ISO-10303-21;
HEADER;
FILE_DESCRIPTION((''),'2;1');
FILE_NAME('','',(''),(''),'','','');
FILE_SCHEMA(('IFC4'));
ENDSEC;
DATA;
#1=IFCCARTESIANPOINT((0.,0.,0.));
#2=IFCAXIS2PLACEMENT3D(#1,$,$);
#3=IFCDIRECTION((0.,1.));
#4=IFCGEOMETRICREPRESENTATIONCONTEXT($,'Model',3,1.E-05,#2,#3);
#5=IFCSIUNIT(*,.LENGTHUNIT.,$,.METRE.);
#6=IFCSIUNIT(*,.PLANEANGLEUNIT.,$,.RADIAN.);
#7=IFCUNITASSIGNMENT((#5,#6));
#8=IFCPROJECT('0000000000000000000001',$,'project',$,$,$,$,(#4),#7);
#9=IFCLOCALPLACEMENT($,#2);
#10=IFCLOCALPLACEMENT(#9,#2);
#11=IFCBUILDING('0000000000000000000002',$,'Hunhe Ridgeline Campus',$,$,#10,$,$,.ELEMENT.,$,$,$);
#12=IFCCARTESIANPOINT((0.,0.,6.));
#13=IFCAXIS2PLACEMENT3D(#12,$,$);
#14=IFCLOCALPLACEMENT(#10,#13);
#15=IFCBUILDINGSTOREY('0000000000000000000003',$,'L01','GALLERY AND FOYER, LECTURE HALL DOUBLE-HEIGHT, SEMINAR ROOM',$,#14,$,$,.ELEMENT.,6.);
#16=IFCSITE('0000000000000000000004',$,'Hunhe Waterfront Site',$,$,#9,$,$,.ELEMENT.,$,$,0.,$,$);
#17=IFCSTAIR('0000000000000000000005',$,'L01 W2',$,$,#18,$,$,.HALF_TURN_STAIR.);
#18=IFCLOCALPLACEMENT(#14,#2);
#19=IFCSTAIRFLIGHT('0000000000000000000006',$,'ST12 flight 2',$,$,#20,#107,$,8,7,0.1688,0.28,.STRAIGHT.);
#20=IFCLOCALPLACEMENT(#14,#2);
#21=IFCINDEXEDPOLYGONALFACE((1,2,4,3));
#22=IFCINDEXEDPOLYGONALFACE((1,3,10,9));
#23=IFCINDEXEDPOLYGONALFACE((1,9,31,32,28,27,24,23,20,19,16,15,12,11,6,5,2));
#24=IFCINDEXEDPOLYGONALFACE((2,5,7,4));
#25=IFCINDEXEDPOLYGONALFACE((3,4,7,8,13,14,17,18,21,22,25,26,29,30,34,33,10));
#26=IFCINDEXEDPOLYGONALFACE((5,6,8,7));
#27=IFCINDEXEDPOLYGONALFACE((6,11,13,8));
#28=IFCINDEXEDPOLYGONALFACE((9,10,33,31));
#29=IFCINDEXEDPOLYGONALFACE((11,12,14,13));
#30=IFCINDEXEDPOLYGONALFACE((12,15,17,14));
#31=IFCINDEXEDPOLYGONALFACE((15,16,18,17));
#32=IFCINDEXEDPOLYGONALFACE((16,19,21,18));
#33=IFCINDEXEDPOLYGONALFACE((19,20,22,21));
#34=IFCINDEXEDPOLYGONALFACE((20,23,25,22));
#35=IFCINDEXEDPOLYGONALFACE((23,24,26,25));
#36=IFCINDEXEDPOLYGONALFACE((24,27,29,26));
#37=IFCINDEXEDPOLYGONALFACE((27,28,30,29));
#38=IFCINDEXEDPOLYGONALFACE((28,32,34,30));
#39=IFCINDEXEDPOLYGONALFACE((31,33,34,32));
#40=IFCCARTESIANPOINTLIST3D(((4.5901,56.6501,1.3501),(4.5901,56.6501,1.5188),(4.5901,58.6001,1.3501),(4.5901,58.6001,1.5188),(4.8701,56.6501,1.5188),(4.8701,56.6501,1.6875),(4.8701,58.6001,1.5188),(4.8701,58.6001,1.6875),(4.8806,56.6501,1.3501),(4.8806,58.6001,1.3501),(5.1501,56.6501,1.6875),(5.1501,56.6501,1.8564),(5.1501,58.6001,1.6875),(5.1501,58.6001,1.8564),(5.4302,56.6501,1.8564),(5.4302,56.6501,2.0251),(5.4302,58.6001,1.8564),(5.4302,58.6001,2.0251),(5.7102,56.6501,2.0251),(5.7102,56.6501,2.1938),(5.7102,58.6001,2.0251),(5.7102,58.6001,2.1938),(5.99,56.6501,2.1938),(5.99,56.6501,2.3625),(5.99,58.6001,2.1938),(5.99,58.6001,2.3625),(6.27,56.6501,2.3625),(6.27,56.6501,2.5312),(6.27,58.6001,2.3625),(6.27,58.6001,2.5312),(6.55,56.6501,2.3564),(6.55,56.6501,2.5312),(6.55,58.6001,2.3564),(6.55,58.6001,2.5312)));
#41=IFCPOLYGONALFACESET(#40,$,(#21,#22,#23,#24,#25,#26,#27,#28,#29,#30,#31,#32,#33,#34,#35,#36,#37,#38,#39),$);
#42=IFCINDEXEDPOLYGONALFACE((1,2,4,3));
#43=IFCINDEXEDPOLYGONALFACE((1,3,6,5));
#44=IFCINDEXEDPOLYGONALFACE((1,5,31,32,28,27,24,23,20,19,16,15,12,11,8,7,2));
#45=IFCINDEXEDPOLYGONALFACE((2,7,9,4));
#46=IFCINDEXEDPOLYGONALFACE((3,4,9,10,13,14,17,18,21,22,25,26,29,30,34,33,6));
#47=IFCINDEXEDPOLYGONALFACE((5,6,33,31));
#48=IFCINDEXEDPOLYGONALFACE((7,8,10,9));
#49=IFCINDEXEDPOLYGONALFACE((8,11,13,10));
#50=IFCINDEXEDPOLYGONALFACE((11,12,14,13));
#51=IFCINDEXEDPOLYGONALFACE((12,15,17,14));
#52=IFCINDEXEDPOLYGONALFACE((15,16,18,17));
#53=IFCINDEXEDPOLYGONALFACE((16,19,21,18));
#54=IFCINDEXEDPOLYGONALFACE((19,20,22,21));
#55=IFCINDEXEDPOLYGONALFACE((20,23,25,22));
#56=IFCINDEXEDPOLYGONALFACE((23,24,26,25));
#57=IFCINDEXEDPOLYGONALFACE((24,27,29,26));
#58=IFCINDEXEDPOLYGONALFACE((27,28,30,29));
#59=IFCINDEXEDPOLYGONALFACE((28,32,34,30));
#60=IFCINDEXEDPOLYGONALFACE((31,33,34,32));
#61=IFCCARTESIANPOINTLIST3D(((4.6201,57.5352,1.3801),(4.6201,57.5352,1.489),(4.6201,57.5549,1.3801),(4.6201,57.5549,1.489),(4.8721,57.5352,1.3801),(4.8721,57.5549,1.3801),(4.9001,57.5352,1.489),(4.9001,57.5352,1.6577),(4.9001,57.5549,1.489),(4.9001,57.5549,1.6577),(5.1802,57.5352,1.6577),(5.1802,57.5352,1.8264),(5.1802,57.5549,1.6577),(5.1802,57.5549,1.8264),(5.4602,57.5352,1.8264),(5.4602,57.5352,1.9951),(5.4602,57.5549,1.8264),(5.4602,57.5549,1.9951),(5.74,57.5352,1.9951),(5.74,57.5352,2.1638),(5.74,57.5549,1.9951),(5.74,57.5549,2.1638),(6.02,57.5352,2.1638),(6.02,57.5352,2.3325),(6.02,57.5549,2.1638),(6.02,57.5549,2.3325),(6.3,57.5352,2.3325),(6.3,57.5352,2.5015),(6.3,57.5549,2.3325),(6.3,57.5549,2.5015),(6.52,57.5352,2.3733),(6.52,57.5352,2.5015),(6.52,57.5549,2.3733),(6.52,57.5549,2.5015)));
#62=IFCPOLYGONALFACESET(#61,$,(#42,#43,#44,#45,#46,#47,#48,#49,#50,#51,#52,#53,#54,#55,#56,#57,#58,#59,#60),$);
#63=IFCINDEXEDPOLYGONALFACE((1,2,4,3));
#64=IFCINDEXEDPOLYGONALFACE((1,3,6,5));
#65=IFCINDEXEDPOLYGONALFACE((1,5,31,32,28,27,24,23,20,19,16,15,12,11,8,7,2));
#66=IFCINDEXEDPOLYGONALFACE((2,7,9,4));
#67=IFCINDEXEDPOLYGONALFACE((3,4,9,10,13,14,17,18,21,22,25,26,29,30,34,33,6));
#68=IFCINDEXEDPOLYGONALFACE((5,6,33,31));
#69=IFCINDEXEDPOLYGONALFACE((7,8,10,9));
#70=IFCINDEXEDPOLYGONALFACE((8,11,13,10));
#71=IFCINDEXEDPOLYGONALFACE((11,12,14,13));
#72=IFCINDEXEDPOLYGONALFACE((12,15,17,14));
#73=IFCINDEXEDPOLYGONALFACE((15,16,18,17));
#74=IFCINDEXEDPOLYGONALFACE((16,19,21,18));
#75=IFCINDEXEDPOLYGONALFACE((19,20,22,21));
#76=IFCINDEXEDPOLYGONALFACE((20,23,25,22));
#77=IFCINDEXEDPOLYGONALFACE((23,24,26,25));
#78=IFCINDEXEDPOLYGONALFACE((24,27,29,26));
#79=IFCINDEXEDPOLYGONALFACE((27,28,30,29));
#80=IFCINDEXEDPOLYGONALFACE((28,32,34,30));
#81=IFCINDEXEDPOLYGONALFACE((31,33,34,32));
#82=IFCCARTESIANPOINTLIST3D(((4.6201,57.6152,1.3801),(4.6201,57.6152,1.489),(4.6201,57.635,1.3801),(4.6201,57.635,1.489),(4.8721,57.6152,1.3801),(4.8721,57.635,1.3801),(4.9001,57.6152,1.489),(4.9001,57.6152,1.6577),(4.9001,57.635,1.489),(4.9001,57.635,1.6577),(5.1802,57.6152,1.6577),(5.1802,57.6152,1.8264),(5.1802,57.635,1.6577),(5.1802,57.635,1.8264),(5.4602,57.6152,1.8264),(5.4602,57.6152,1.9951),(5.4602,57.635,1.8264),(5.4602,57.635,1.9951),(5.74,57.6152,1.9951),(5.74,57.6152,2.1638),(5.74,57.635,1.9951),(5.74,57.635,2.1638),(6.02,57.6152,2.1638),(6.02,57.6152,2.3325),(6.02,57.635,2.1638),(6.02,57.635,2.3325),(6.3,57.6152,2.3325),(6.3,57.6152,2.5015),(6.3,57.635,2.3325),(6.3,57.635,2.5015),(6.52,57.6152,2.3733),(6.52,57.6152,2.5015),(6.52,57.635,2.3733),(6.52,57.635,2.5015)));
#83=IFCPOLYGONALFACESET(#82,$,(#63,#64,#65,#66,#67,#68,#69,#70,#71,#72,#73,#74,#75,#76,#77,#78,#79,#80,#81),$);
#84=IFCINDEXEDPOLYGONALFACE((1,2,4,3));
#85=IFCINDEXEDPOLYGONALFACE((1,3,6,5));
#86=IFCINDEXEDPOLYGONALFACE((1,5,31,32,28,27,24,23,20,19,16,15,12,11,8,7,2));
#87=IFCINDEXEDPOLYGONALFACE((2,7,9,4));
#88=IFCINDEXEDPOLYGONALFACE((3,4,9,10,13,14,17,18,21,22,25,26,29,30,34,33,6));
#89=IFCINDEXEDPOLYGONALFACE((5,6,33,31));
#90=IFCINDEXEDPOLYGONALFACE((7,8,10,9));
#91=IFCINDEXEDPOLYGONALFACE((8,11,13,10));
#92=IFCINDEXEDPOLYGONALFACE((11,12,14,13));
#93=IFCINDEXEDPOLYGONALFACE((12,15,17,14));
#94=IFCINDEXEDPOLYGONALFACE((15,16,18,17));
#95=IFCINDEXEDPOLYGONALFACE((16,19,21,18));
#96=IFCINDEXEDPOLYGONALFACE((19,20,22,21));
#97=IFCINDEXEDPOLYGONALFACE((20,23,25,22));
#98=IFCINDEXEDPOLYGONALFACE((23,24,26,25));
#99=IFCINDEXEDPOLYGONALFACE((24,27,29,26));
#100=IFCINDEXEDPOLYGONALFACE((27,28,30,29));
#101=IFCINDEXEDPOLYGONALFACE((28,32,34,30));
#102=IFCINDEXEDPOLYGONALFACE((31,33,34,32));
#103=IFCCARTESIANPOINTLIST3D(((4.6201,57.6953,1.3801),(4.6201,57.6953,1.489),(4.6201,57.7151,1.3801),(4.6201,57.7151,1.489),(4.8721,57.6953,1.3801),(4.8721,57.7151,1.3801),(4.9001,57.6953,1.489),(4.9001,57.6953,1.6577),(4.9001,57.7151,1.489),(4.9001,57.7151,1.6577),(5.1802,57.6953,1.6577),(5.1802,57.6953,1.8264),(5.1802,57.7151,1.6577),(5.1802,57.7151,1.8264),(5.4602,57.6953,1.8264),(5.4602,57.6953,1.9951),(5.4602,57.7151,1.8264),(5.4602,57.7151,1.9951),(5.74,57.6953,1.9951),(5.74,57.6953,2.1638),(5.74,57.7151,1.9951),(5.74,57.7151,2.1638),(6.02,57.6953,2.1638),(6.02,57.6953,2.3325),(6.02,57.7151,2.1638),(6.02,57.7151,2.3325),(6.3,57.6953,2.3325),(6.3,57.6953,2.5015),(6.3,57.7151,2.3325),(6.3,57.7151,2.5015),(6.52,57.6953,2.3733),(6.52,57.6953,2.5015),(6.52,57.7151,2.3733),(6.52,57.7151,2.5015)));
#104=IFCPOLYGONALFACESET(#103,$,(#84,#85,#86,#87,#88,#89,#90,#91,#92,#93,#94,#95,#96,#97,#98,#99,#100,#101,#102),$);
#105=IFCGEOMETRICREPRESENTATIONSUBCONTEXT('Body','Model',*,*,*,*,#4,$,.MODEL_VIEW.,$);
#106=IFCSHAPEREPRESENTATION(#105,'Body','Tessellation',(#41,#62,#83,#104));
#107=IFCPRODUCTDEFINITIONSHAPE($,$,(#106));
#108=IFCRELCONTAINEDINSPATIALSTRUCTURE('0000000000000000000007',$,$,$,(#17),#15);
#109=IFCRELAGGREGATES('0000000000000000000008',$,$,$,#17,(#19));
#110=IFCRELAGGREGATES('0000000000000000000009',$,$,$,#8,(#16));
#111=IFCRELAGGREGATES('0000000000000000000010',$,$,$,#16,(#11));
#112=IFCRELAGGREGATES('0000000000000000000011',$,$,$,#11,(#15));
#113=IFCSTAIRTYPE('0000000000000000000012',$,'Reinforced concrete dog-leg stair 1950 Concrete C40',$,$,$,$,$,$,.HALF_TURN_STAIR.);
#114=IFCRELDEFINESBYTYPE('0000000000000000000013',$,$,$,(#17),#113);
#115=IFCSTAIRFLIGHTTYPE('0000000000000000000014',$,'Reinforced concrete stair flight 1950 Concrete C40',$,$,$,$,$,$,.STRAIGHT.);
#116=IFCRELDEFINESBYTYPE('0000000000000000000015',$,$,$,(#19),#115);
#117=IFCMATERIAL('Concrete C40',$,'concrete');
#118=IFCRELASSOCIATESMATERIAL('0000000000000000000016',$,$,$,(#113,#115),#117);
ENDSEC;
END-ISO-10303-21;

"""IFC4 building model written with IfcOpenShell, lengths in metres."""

from ifc_helpers import new_model, si_unit, direction, frame, origin, place, context, subcontext, project, spatial, polyline, outline, extrude, material, type_object, element, aggregate, save


model = new_model("IFC4")

# Units and contexts
model_context = context("Model", 3, precision=1e-05, world=origin(), true_north=direction((0.0, 1.0)))
body_context = subcontext(model_context, "Body", "Model", "MODEL_VIEW")
ifc_project = project(units=[si_unit("LENGTHUNIT", "METRE"), si_unit("PLANEANGLEUNIT", "RADIAN")], contexts=[model_context])

# Site, building, storey
site_placement = place(None, origin())
site = spatial("IfcSite", under=ifc_project, at=site_placement, Name="Hunhe Waterfront Site", CompositionType="ELEMENT", RefElevation=0.0)
building_placement = place(site_placement, origin())
building = spatial("IfcBuilding", under=site, at=building_placement, Name="Hunhe Ridgeline Campus", CompositionType="ELEMENT")
storey_placement = place(building_placement, frame((0.0, 0.0, 6.0)))
storey = spatial("IfcBuildingStorey", under=building, at=storey_placement, Name="L01", Description="GALLERY AND FOYER, LECTURE HALL DOUBLE-HEIGHT, SEMINAR ROOM", CompositionType="ELEMENT", Elevation=6.0)

# Stair, stair flight
ifc_material_1 = material(Name="Concrete C40", Category="concrete")
stair_type = type_object("IfcStairType", Name="Reinforced concrete dog-leg stair 1950 Concrete C40", PredefinedType="HALF_TURN_STAIR", material=ifc_material_1)
stair_placement = place(storey_placement, origin())
stair = element("IfcStair", 1, at=stair_placement, inside=storey, type_object=stair_type, Name="L01 W2", PredefinedType="HALF_TURN_STAIR")
stair_flight_type = type_object("IfcStairFlightType", Name="Reinforced concrete stair flight 1950 Concrete C40", PredefinedType="STRAIGHT", material=ifc_material_1)
stair_flight_1_placement = place(storey_placement, frame((4.5901, 57.625, 1.3501), z_axis=(0.0, 0.0, 1.0), x_axis=(1.0, 0.0, 0.0)))
stair_flight_1 = element("IfcStairFlight", 2, at=stair_flight_1_placement, type_object=stair_flight_type, Name="ST12 flight 2", NumberOfRisers=8, NumberOfTreads=7, PredefinedType="STRAIGHT", RiserHeight=0.1688, TreadLength=0.28, context=body_context, shape_type="SweptSolid", body=[
    extrude(outline(polyline([(0.0, 0.0), (0.0, 0.1687), (0.28, 0.1687), (0.28, 0.3374), (0.5601, 0.3374), (0.5601, 0.5063), (0.8401, 0.5063), (0.8401, 0.675), (1.1201, 0.675), (1.1201, 0.8438), (1.3999, 0.8438), (1.3999, 1.0125), (1.6799, 1.0125), (1.6799, 1.1812), (1.96, 1.1812), (1.96, 1.3501), (1.96, 1.0063), (0.2905, 0.0), (0.0, 0.0)])), frame((0.0, 0.9751, 0.0), z_axis=(0.0, -1.0, 0.0), x_axis=(1.0, 0.0, 0.0)), (0.0, 0.0, 1.0), 1.95),
    extrude(outline(polyline([(0.03, 0.03), (0.03, 0.1389), (0.3101, 0.1389), (0.3101, 0.3076), (0.5901, 0.3076), (0.5901, 0.4763), (0.8701, 0.4763), (0.8701, 0.645), (1.1499, 0.645), (1.1499, 0.8137), (1.4299, 0.8137), (1.4299, 0.9824), (1.71, 0.9824), (1.71, 1.1514), (1.9299, 1.1514), (1.9299, 1.0232), (0.282, 0.03), (0.03, 0.03)])), frame((0.0, -0.0701, 0.0), z_axis=(0.0, -1.0, 0.0), x_axis=(1.0, 0.0, 0.0)), (0.0, 0.0, 1.0), 0.0198),
    extrude(outline(polyline([(0.03, 0.03), (0.03, 0.1389), (0.3101, 0.1389), (0.3101, 0.3076), (0.5901, 0.3076), (0.5901, 0.4763), (0.8701, 0.4763), (0.8701, 0.645), (1.1499, 0.645), (1.1499, 0.8137), (1.4299, 0.8137), (1.4299, 0.9824), (1.71, 0.9824), (1.71, 1.1514), (1.9299, 1.1514), (1.9299, 1.0232), (0.282, 0.03), (0.03, 0.03)])), frame((0.0, 0.01, 0.0), z_axis=(0.0, -1.0, 0.0), x_axis=(1.0, 0.0, 0.0)), (0.0, 0.0, 1.0), 0.0198),
    extrude(outline(polyline([(0.03, 0.03), (0.03, 0.1389), (0.3101, 0.1389), (0.3101, 0.3076), (0.5901, 0.3076), (0.5901, 0.4763), (0.8701, 0.4763), (0.8701, 0.645), (1.1499, 0.645), (1.1499, 0.8137), (1.4299, 0.8137), (1.4299, 0.9824), (1.71, 0.9824), (1.71, 1.1514), (1.9299, 1.1514), (1.9299, 1.0232), (0.282, 0.03), (0.03, 0.03)])), frame((0.0, 0.0901, 0.0), z_axis=(0.0, -1.0, 0.0), x_axis=(1.0, 0.0, 0.0)), (0.0, 0.0, 1.0), 0.0198),
])
aggregate(stair, [stair_flight_1])

save(model, "model.ifc")
